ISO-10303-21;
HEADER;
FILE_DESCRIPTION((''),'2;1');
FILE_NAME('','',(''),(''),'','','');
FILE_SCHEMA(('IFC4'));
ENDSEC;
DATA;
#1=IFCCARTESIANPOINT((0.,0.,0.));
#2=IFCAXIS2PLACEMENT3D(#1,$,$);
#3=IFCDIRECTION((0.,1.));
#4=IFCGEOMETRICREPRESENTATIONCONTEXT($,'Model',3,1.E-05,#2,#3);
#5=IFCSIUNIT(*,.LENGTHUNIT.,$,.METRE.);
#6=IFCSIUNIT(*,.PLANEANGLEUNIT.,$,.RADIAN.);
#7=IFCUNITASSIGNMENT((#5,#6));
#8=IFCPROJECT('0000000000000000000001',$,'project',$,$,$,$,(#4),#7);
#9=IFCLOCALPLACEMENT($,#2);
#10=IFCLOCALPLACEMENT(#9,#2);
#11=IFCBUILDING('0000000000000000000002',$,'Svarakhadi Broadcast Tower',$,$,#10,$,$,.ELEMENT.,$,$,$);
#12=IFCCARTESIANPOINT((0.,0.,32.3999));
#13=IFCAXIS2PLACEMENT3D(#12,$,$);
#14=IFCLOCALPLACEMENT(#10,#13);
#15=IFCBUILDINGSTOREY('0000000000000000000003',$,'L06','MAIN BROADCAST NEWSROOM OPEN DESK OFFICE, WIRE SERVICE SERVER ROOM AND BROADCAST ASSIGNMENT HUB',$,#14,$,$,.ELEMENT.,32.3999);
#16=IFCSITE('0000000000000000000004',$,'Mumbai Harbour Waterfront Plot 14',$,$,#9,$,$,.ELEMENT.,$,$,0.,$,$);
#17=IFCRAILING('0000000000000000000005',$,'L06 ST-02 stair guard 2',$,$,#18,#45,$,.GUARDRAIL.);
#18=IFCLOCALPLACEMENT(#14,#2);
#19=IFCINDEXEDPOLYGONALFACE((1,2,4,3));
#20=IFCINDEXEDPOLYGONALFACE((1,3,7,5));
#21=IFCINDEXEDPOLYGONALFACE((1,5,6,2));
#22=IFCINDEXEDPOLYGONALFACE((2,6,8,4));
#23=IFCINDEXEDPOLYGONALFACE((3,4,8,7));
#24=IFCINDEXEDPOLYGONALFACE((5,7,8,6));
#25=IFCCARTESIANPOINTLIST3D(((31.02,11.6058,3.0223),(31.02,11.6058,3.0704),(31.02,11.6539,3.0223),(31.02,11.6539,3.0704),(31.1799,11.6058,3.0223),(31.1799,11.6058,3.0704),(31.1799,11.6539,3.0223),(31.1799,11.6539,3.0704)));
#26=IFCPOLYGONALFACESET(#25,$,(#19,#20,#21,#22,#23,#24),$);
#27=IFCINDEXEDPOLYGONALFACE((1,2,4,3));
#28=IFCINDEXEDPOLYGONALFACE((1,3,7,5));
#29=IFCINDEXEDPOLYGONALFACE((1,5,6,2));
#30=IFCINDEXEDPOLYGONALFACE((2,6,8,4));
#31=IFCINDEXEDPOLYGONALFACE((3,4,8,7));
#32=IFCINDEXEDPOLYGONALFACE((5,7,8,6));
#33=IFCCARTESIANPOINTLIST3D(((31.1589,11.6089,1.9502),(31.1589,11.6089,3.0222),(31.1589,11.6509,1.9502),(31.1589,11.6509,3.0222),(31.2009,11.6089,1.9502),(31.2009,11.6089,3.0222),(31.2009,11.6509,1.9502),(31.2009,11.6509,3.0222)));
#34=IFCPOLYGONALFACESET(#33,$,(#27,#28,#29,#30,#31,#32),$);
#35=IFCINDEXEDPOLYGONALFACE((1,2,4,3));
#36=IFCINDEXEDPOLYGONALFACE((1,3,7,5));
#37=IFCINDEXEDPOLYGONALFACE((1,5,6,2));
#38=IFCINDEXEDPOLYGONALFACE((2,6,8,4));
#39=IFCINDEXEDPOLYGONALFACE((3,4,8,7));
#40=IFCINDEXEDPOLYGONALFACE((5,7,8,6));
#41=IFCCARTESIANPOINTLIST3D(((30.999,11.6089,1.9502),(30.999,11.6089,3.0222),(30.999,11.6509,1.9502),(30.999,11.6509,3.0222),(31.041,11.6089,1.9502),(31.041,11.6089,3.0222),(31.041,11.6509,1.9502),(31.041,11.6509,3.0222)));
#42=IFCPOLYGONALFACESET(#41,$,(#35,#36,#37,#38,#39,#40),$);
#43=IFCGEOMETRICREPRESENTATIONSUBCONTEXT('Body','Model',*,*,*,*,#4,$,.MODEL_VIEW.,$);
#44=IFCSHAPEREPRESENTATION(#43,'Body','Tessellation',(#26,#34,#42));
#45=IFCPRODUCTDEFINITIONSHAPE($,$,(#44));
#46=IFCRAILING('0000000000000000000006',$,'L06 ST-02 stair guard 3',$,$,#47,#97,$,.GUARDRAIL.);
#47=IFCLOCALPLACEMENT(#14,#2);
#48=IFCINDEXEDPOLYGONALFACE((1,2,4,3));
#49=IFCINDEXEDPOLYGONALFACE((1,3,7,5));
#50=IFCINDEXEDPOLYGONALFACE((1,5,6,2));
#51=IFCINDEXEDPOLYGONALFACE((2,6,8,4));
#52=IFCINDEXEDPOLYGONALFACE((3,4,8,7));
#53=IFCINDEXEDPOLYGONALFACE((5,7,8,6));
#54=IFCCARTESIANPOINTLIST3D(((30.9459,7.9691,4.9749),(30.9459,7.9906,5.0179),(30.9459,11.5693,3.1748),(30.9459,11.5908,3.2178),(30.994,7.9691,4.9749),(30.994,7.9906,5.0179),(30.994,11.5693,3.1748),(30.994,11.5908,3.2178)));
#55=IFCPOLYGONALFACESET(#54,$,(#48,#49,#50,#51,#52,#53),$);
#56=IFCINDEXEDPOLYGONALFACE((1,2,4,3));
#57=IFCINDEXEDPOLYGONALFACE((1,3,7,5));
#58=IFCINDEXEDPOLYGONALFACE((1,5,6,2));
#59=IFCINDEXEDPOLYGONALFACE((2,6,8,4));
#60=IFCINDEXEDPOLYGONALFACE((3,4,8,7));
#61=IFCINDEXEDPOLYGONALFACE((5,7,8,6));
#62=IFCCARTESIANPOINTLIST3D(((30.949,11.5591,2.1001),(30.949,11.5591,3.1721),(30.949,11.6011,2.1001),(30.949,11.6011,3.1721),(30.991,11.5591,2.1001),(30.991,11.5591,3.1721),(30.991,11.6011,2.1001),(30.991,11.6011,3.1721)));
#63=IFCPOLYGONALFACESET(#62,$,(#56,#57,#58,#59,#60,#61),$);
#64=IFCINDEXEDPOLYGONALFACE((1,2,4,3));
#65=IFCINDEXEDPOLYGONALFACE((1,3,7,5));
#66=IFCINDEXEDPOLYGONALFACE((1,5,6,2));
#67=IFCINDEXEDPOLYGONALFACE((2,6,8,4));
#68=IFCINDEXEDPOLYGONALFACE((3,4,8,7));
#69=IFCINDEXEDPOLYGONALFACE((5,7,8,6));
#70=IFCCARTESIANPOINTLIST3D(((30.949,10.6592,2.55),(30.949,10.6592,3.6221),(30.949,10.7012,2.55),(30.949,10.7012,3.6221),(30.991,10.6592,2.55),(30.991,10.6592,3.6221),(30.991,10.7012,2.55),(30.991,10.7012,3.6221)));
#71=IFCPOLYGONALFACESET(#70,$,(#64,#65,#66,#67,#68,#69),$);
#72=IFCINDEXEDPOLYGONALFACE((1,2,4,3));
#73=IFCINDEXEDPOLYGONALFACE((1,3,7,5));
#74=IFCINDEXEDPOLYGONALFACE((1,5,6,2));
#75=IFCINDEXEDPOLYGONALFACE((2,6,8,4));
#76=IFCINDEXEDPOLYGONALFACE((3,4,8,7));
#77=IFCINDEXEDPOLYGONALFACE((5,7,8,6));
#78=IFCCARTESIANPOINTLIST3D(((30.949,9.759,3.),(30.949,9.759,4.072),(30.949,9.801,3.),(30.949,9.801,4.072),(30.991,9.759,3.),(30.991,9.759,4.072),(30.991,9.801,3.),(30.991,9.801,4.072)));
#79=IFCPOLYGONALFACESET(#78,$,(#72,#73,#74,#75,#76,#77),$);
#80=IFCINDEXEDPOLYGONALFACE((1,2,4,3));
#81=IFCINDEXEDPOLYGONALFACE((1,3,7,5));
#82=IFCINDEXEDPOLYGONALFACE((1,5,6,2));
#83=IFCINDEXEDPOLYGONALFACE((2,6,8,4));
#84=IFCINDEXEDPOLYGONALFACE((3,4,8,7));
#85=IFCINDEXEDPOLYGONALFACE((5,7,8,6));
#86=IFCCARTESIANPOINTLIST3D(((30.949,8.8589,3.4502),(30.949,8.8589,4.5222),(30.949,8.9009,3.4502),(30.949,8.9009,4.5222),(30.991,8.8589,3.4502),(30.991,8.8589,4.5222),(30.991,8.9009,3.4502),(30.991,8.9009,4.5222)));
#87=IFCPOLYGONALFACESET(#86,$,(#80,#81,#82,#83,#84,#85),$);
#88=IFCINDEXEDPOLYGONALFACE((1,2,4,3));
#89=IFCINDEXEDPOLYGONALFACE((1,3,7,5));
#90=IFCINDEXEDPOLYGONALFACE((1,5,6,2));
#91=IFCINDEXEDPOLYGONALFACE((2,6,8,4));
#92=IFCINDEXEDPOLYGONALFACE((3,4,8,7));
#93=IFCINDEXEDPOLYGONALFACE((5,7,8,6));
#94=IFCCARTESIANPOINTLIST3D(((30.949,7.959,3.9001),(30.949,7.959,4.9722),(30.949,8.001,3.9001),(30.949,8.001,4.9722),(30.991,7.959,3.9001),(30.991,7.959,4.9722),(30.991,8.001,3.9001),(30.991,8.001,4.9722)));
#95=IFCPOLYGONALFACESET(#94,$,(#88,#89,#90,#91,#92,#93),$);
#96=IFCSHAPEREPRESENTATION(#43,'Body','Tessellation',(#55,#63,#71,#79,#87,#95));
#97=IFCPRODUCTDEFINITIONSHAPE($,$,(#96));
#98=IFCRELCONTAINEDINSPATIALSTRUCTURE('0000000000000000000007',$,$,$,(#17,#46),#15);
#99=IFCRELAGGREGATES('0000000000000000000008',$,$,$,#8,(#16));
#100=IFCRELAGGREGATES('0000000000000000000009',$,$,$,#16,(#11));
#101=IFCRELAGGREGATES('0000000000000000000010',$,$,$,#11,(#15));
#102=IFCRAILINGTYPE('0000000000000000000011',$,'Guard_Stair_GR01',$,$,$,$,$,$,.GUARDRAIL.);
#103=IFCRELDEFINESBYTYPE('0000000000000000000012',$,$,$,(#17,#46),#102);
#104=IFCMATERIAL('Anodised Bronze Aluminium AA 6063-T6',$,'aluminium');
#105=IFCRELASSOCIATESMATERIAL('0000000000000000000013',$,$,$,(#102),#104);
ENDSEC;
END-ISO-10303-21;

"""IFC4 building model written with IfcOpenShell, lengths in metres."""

from ifc_helpers import new_model, si_unit, direction, frame, origin, origin_2d, place, context, subcontext, project, spatial, rectangle, extrude, material, type_object, element, save


model = new_model("IFC4")

# Units and contexts
model_context = context("Model", 3, precision=1e-05, world=origin(), true_north=direction((0.0, 1.0)))
body_context = subcontext(model_context, "Body", "Model", "MODEL_VIEW")
ifc_project = project(units=[si_unit("LENGTHUNIT", "METRE"), si_unit("PLANEANGLEUNIT", "RADIAN")], contexts=[model_context])

# Site, building, storey
site_placement = place(None, origin())
site = spatial("IfcSite", under=ifc_project, at=site_placement, Name="Mumbai Harbour Waterfront Plot 14", CompositionType="ELEMENT", RefElevation=0.0)
building_placement = place(site_placement, origin())
building = spatial("IfcBuilding", under=site, at=building_placement, Name="Svarakhadi Broadcast Tower", CompositionType="ELEMENT")
storey_placement = place(building_placement, frame((0.0, 0.0, 32.3999)))
storey = spatial("IfcBuildingStorey", under=building, at=storey_placement, Name="L06", Description="MAIN BROADCAST NEWSROOM OPEN DESK OFFICE, WIRE SERVICE SERVER ROOM AND BROADCAST ASSIGNMENT HUB", CompositionType="ELEMENT", Elevation=32.3999)

# Railings
ifc_material_1 = material(Name="Anodised Bronze Aluminium AA 6063-T6", Category="aluminium")
railing_type = type_object("IfcRailingType", Name="Guard_Stair_GR01", PredefinedType="GUARDRAIL", material=ifc_material_1)
railing_1_placement = place(storey_placement, frame((31.1799, 11.6299, 1.9502)))
element("IfcRailing", 1, at=railing_1_placement, inside=storey, type_object=railing_type, Name="L06 ST-02 stair guard 2", PredefinedType="GUARDRAIL", context=body_context, shape_type="SweptSolid", body=[
    extrude(rectangle(XDim=0.0481, YDim=0.0481, at=origin_2d()), frame((0.0, 0.0, 1.0962), z_axis=(-1.0, 0.0, 0.0), x_axis=(0.0, -1.0, 0.0)), (0.0, 0.0, 1.0), 0.1599),
    extrude(rectangle(XDim=0.042, YDim=0.042, at=origin_2d()), origin(), (0.0, 0.0, 1.0), 1.072),
    extrude(rectangle(XDim=0.042, YDim=0.042, at=origin_2d()), frame((-0.1599, 0.0, 0.0)), (0.0, 0.0, 1.0), 1.072),
])
railing_2_placement = place(storey_placement, frame((30.97, 11.5801, 2.1001)))
element("IfcRailing", 2, at=railing_2_placement, inside=storey, type_object=railing_type, Name="L06 ST-02 stair guard 3", PredefinedType="GUARDRAIL", context=body_context, shape_type="SweptSolid", body=[
    extrude(rectangle(XDim=0.0481, YDim=0.0481, at=origin_2d()), frame((0.0, 0.0, 1.0962), z_axis=(0.0, -0.894427, 0.447214), x_axis=(1.0, 0.0, 0.0)), (0.0, 0.0, 1.0), 4.0251),
    extrude(rectangle(XDim=0.042, YDim=0.042, at=origin_2d()), origin(), (0.0, 0.0, 1.0), 1.072),
    extrude(rectangle(XDim=0.042, YDim=0.042, at=origin_2d()), frame((0.0, -0.8999, 0.45)), (0.0, 0.0, 1.0), 1.072),
    extrude(rectangle(XDim=0.042, YDim=0.042, at=origin_2d()), frame((0.0, -1.8, 0.8999)), (0.0, 0.0, 1.0), 1.072),
    extrude(rectangle(XDim=0.042, YDim=0.042, at=origin_2d()), frame((0.0, -2.7002, 1.3501)), (0.0, 0.0, 1.0), 1.072),
    extrude(rectangle(XDim=0.042, YDim=0.042, at=origin_2d()), frame((0.0, -3.6001, 1.8)), (0.0, 0.0, 1.0), 1.072),
])

save(model, "model.ifc")
